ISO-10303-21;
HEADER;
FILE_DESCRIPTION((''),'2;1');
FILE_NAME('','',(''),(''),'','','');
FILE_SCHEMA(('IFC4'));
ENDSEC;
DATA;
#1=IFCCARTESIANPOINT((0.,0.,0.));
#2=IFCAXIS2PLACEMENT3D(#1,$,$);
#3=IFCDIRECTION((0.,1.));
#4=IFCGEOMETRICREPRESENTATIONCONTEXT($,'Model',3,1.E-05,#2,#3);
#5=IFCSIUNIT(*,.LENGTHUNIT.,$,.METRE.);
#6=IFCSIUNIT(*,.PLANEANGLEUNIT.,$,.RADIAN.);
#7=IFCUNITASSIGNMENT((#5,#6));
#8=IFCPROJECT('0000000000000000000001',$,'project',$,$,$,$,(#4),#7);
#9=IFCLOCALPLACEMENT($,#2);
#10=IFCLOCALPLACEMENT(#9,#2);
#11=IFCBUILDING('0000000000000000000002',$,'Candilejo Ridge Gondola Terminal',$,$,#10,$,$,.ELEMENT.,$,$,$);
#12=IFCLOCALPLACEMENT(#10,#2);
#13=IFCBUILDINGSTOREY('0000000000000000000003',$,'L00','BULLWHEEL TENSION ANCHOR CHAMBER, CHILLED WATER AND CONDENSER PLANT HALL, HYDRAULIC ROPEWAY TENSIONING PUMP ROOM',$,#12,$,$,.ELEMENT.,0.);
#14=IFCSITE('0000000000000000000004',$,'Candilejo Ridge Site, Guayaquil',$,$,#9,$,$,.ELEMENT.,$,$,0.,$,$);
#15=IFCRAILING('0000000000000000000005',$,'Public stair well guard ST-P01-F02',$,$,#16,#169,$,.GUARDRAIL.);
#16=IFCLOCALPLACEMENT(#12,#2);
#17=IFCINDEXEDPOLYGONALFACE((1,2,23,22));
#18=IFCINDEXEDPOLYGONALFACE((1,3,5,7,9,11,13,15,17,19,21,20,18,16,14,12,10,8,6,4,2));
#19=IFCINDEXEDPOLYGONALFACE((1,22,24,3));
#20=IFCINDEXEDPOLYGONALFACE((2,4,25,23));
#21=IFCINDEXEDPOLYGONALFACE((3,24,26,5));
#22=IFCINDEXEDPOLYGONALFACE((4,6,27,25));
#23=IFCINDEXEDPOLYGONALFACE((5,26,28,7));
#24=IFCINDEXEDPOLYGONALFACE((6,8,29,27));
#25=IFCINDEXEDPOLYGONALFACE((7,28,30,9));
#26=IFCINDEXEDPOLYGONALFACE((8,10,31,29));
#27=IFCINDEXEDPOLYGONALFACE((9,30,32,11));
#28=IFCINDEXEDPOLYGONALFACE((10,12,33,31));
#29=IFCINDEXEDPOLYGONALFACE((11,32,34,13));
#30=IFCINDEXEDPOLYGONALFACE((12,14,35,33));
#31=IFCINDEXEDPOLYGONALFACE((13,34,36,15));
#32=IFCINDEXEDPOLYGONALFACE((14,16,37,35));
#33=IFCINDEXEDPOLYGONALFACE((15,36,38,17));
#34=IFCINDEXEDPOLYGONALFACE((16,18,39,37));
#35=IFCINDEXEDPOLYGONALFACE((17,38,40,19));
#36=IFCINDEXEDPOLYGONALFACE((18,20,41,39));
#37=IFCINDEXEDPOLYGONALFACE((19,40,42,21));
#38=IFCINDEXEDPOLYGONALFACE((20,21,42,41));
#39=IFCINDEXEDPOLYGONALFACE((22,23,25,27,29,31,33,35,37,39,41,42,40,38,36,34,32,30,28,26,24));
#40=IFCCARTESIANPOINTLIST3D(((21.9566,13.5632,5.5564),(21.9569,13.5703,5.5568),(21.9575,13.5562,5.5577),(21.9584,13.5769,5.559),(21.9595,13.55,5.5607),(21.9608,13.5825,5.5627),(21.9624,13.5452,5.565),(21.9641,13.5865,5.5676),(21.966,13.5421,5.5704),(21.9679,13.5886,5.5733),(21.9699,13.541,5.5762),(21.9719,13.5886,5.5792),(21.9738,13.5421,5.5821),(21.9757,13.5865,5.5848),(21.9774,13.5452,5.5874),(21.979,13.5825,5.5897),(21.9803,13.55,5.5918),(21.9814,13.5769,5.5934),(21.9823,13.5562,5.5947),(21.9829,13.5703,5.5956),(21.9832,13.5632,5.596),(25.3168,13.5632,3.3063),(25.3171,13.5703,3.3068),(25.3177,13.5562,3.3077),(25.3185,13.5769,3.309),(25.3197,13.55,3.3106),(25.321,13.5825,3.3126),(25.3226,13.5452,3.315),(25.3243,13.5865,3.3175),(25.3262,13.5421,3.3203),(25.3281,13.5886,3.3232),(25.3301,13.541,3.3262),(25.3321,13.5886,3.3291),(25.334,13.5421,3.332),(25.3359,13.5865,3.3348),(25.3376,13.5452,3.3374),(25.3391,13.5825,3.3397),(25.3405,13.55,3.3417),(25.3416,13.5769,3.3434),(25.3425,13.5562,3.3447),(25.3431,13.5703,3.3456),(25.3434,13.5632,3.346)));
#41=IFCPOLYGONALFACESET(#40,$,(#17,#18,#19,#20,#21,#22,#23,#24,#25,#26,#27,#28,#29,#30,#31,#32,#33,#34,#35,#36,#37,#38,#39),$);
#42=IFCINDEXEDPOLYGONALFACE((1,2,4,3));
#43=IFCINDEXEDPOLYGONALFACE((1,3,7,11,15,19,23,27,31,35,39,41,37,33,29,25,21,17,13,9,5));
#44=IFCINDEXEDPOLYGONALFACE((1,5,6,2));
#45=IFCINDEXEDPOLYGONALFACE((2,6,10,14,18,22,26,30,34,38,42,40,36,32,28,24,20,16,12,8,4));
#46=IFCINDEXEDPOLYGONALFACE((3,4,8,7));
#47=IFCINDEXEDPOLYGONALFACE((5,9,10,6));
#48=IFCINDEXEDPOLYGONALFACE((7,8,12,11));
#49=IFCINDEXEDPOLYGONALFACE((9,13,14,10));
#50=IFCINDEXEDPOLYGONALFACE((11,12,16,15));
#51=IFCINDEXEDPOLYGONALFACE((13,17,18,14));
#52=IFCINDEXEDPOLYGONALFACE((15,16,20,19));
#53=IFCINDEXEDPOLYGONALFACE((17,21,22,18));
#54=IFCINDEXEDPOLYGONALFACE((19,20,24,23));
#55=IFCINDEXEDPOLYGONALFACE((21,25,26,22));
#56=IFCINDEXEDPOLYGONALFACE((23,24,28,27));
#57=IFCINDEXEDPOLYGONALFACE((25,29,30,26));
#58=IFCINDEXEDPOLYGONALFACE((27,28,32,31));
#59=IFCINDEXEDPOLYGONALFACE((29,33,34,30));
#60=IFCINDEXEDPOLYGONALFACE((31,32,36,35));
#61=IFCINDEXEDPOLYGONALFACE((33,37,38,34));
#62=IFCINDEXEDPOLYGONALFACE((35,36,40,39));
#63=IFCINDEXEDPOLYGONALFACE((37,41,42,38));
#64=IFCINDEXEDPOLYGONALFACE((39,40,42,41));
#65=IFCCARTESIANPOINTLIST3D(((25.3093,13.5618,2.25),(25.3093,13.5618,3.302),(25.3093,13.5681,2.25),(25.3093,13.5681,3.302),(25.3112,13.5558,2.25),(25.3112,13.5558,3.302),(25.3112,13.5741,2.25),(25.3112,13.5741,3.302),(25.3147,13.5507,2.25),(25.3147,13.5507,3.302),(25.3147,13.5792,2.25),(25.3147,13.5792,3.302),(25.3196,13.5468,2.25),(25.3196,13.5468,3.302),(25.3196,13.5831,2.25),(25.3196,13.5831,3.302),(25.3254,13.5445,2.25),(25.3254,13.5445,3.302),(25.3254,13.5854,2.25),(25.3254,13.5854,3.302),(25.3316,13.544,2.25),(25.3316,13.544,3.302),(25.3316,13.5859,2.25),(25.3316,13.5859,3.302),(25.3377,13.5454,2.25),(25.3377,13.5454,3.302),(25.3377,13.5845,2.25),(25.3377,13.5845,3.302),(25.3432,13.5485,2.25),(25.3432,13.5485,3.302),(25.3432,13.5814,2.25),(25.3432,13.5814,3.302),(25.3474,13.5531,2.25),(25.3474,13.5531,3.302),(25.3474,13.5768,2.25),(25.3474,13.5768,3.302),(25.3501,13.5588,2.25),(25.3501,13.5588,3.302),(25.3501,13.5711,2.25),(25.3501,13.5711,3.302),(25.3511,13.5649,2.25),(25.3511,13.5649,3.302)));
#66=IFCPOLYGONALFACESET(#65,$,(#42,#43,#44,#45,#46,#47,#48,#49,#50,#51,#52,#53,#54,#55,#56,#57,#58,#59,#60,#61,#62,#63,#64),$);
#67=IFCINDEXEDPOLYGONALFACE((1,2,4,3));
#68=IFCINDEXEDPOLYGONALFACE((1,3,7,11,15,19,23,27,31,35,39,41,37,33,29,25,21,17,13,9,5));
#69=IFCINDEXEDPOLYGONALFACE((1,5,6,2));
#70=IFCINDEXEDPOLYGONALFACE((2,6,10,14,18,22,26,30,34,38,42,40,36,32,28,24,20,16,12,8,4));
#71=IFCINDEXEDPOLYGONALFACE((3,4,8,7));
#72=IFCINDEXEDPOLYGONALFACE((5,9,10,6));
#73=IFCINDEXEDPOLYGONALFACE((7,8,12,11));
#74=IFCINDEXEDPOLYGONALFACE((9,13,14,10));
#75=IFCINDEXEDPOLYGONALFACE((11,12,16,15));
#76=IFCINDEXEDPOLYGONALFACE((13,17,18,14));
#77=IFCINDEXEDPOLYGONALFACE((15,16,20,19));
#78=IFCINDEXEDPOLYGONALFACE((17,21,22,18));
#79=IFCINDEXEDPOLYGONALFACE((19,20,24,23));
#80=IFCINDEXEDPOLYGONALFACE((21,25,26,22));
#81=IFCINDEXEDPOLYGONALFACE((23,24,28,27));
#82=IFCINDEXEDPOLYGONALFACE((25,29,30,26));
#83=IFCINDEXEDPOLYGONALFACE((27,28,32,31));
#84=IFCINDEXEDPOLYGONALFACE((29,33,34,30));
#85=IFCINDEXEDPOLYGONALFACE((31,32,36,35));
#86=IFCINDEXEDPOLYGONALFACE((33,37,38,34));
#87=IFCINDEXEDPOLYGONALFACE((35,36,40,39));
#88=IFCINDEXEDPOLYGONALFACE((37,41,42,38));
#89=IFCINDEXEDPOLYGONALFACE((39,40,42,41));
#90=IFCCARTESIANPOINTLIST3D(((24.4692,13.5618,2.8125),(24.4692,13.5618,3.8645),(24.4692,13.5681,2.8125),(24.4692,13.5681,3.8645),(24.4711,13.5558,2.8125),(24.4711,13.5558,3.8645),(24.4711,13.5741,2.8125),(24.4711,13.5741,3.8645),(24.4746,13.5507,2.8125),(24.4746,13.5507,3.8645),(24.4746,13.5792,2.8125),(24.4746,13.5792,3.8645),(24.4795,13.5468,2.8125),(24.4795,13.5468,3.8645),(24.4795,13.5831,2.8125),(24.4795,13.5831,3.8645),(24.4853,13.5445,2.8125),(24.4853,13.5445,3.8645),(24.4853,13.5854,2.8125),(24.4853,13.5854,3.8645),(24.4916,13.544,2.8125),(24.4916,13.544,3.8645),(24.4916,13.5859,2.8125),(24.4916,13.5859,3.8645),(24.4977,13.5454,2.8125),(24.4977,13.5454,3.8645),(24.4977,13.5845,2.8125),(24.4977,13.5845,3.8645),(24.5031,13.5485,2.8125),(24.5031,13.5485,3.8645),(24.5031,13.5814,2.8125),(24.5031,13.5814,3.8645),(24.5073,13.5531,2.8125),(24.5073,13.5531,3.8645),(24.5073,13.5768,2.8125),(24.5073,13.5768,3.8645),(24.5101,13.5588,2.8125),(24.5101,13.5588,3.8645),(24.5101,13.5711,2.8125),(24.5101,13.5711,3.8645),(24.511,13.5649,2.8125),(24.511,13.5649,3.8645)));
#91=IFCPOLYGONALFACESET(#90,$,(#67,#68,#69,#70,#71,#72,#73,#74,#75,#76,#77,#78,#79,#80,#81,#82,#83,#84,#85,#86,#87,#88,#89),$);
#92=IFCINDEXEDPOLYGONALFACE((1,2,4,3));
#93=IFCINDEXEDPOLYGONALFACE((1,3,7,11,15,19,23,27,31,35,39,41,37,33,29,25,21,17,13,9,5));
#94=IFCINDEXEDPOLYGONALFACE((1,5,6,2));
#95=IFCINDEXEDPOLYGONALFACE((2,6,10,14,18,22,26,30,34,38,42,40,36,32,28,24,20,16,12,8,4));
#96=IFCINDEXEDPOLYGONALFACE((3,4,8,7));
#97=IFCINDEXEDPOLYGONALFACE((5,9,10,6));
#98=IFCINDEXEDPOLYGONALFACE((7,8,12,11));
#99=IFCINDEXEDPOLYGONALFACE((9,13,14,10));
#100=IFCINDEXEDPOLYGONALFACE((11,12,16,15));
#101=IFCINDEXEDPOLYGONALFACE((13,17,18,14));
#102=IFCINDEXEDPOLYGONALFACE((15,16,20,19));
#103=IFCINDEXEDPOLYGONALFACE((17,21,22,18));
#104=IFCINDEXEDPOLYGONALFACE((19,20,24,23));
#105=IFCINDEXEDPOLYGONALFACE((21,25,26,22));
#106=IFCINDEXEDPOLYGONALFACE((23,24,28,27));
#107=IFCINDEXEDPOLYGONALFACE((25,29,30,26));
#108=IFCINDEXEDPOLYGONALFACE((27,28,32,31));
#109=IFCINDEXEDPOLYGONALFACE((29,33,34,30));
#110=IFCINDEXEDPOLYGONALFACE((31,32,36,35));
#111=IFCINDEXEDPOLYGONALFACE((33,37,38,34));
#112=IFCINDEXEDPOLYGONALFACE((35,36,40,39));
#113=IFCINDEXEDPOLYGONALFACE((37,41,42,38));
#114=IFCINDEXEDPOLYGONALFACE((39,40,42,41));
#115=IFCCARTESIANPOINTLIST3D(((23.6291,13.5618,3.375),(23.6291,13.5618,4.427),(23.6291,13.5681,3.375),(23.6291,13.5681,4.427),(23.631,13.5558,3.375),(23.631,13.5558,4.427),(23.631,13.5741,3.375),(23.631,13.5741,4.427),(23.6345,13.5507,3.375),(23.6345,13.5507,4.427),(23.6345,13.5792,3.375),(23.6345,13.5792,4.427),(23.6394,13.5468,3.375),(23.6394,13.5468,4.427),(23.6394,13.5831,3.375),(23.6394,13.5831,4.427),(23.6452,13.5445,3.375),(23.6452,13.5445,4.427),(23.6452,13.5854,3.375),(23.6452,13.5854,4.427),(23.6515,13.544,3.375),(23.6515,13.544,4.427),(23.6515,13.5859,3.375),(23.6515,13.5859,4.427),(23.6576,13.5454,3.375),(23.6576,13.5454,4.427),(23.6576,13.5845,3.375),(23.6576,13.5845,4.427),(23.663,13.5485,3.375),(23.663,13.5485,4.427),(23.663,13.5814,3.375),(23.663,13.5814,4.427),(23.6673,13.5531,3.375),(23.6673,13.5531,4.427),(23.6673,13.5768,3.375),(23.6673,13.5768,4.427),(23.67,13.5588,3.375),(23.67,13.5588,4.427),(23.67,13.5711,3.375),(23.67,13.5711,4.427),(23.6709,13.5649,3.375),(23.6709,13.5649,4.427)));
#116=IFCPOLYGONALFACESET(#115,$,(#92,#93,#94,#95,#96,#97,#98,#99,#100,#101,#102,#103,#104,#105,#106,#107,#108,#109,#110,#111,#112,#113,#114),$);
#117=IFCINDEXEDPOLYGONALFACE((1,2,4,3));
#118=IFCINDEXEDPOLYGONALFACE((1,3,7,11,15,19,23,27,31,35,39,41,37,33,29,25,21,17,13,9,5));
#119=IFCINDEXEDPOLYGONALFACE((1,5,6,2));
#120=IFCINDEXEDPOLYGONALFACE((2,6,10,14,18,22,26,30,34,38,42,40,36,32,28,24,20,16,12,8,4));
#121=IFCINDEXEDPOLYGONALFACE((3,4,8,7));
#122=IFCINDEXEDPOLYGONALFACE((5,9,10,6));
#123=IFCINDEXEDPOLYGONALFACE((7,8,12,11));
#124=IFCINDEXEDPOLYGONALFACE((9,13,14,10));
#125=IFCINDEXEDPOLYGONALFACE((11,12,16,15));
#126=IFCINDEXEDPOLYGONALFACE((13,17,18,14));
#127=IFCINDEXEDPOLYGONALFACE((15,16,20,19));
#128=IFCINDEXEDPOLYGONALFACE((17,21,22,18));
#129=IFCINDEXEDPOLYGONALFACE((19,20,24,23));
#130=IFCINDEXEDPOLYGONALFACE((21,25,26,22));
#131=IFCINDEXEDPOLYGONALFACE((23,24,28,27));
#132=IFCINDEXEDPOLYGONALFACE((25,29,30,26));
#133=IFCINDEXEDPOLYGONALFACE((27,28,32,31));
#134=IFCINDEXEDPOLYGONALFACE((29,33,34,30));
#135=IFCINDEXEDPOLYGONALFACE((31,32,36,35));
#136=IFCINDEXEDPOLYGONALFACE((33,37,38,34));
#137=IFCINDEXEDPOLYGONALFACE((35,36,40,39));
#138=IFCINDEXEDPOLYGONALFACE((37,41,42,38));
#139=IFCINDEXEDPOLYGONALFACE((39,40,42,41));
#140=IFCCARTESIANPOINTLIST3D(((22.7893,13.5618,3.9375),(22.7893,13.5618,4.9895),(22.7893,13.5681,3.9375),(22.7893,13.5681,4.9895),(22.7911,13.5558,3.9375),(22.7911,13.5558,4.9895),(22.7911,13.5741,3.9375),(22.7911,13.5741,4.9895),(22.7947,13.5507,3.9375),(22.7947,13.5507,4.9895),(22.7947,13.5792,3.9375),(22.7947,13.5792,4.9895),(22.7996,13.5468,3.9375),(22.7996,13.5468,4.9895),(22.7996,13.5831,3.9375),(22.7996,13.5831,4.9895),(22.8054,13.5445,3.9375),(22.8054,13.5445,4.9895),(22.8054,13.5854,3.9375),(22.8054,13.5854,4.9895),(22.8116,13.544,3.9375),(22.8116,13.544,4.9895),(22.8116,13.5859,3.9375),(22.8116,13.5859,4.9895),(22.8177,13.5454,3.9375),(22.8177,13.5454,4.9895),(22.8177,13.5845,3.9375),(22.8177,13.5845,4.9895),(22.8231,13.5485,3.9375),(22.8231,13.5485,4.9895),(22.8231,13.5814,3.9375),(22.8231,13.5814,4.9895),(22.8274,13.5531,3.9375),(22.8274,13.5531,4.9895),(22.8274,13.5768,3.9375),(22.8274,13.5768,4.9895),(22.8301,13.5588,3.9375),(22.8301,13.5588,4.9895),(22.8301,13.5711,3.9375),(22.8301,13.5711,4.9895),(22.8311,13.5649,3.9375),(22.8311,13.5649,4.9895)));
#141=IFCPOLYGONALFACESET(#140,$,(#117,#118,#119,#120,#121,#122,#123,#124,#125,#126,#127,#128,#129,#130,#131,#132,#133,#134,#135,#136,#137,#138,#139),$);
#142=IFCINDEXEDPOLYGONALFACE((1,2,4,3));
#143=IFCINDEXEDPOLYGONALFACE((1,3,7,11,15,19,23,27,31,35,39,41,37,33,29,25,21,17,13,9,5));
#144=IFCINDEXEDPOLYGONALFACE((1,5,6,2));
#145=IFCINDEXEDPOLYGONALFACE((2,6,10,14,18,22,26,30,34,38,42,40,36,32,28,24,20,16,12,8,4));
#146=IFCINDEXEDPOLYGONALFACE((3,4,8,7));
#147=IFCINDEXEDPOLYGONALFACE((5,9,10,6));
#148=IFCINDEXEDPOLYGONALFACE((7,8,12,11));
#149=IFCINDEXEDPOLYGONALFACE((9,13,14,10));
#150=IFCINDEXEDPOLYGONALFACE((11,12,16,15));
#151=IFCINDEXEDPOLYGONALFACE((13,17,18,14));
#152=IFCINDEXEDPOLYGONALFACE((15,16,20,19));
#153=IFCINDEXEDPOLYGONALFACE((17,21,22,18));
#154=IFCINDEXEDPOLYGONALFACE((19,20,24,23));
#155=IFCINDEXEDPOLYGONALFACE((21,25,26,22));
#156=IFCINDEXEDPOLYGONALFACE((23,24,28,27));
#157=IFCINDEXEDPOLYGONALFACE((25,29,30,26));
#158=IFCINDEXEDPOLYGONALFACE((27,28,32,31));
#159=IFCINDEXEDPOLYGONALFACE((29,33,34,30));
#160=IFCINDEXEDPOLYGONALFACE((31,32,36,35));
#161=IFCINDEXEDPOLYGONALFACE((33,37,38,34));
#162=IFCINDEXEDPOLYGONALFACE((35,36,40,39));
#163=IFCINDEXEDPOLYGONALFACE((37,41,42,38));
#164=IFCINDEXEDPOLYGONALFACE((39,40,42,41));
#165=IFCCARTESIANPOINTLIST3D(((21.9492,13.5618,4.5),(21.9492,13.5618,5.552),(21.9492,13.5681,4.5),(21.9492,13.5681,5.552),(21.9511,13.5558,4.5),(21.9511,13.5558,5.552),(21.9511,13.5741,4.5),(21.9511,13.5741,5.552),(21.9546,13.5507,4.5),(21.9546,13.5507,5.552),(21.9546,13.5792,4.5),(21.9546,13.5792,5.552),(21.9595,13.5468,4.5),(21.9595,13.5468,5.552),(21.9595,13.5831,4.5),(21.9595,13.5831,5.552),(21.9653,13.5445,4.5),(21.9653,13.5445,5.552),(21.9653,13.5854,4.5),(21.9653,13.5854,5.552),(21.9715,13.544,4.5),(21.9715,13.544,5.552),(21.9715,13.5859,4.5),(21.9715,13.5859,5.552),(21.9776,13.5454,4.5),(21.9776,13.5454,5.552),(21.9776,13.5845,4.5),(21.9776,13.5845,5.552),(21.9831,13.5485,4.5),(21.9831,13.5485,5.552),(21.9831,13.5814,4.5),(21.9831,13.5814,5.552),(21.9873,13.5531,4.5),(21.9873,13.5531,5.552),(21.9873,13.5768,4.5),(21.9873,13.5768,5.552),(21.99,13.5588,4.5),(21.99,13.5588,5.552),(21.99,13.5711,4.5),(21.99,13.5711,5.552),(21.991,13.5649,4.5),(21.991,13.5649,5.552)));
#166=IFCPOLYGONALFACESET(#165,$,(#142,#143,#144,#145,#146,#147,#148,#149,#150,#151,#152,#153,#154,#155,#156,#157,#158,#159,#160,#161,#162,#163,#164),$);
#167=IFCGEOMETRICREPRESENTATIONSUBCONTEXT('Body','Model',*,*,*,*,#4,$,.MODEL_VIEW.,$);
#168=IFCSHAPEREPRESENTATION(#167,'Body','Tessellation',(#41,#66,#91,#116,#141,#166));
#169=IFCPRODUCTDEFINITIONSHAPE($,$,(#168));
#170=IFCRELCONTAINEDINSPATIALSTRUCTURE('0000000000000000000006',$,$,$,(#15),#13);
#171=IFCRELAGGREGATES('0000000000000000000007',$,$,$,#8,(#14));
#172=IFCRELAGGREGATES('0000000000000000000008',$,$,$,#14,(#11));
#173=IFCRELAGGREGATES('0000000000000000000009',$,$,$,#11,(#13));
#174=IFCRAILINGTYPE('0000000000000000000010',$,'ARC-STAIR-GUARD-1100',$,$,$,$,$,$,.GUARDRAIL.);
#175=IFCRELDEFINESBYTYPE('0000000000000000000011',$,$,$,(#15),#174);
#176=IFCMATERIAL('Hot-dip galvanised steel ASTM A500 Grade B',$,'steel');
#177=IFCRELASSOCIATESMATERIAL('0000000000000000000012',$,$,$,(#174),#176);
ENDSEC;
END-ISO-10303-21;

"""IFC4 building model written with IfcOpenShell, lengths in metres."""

from ifc_helpers import new_model, si_unit, direction, frame, origin, origin_2d, place, context, subcontext, project, spatial, circle, extrude, material, type_object, element, save


model = new_model("IFC4")

# Units and contexts
model_context = context("Model", 3, precision=1e-05, world=origin(), true_north=direction((0.0, 1.0)))
body_context = subcontext(model_context, "Body", "Model", "MODEL_VIEW")
ifc_project = project(units=[si_unit("LENGTHUNIT", "METRE"), si_unit("PLANEANGLEUNIT", "RADIAN")], contexts=[model_context])

# Site, building, storey
site_placement = place(None, origin())
site = spatial("IfcSite", under=ifc_project, at=site_placement, Name="Candilejo Ridge Site, Guayaquil", CompositionType="ELEMENT", RefElevation=0.0)
building_placement = place(site_placement, origin())
building = spatial("IfcBuilding", under=site, at=building_placement, Name="Candilejo Ridge Gondola Terminal", CompositionType="ELEMENT")
storey_placement = place(building_placement, origin())
storey = spatial("IfcBuildingStorey", under=building, at=storey_placement, Name="L00", Description="BULLWHEEL TENSION ANCHOR CHAMBER, CHILLED WATER AND CONDENSER PLANT HALL, HYDRAULIC ROPEWAY TENSIONING PUMP ROOM", CompositionType="ELEMENT", Elevation=0.0)

# Railing
ifc_material_1 = material(Name="Hot-dip galvanised steel ASTM A500 Grade B", Category="steel")
railing_type = type_object("IfcRailingType", Name="ARC-STAIR-GUARD-1100", PredefinedType="GUARDRAIL", material=ifc_material_1)
railing_1_placement = place(storey_placement, frame((25.3301, 13.5649, 2.25)))
element("IfcRailing", 1, at=railing_1_placement, inside=storey, type_object=railing_type, Name="Public stair well guard ST-P01-F02", PredefinedType="GUARDRAIL", context=body_context, shape_type="SweptSolid", body=[
    extrude(circle(Radius=0.0239, at=origin_2d()), frame((0.0, 0.0, 1.0762), z_axis=(-0.830915, 0.0, 0.556399), x_axis=(0.0, -1.0, 0.0)), (0.0, 0.0, 1.0), 4.0439),
    extrude(circle(Radius=0.021, at=origin_2d()), origin(), (0.0, 0.0, 1.0), 1.052),
    extrude(circle(Radius=0.021, at=origin_2d()), frame((-0.8401, 0.0, 0.5625)), (0.0, 0.0, 1.0), 1.052),
    extrude(circle(Radius=0.021, at=origin_2d()), frame((-1.6802, 0.0, 1.125)), (0.0, 0.0, 1.0), 1.052),
    extrude(circle(Radius=0.021, at=origin_2d()), frame((-2.52, 0.0, 1.6875)), (0.0, 0.0, 1.0), 1.052),
    extrude(circle(Radius=0.021, at=origin_2d()), frame((-3.3601, 0.0, 2.25)), (0.0, 0.0, 1.0), 1.052),
])

save(model, "model.ifc")
